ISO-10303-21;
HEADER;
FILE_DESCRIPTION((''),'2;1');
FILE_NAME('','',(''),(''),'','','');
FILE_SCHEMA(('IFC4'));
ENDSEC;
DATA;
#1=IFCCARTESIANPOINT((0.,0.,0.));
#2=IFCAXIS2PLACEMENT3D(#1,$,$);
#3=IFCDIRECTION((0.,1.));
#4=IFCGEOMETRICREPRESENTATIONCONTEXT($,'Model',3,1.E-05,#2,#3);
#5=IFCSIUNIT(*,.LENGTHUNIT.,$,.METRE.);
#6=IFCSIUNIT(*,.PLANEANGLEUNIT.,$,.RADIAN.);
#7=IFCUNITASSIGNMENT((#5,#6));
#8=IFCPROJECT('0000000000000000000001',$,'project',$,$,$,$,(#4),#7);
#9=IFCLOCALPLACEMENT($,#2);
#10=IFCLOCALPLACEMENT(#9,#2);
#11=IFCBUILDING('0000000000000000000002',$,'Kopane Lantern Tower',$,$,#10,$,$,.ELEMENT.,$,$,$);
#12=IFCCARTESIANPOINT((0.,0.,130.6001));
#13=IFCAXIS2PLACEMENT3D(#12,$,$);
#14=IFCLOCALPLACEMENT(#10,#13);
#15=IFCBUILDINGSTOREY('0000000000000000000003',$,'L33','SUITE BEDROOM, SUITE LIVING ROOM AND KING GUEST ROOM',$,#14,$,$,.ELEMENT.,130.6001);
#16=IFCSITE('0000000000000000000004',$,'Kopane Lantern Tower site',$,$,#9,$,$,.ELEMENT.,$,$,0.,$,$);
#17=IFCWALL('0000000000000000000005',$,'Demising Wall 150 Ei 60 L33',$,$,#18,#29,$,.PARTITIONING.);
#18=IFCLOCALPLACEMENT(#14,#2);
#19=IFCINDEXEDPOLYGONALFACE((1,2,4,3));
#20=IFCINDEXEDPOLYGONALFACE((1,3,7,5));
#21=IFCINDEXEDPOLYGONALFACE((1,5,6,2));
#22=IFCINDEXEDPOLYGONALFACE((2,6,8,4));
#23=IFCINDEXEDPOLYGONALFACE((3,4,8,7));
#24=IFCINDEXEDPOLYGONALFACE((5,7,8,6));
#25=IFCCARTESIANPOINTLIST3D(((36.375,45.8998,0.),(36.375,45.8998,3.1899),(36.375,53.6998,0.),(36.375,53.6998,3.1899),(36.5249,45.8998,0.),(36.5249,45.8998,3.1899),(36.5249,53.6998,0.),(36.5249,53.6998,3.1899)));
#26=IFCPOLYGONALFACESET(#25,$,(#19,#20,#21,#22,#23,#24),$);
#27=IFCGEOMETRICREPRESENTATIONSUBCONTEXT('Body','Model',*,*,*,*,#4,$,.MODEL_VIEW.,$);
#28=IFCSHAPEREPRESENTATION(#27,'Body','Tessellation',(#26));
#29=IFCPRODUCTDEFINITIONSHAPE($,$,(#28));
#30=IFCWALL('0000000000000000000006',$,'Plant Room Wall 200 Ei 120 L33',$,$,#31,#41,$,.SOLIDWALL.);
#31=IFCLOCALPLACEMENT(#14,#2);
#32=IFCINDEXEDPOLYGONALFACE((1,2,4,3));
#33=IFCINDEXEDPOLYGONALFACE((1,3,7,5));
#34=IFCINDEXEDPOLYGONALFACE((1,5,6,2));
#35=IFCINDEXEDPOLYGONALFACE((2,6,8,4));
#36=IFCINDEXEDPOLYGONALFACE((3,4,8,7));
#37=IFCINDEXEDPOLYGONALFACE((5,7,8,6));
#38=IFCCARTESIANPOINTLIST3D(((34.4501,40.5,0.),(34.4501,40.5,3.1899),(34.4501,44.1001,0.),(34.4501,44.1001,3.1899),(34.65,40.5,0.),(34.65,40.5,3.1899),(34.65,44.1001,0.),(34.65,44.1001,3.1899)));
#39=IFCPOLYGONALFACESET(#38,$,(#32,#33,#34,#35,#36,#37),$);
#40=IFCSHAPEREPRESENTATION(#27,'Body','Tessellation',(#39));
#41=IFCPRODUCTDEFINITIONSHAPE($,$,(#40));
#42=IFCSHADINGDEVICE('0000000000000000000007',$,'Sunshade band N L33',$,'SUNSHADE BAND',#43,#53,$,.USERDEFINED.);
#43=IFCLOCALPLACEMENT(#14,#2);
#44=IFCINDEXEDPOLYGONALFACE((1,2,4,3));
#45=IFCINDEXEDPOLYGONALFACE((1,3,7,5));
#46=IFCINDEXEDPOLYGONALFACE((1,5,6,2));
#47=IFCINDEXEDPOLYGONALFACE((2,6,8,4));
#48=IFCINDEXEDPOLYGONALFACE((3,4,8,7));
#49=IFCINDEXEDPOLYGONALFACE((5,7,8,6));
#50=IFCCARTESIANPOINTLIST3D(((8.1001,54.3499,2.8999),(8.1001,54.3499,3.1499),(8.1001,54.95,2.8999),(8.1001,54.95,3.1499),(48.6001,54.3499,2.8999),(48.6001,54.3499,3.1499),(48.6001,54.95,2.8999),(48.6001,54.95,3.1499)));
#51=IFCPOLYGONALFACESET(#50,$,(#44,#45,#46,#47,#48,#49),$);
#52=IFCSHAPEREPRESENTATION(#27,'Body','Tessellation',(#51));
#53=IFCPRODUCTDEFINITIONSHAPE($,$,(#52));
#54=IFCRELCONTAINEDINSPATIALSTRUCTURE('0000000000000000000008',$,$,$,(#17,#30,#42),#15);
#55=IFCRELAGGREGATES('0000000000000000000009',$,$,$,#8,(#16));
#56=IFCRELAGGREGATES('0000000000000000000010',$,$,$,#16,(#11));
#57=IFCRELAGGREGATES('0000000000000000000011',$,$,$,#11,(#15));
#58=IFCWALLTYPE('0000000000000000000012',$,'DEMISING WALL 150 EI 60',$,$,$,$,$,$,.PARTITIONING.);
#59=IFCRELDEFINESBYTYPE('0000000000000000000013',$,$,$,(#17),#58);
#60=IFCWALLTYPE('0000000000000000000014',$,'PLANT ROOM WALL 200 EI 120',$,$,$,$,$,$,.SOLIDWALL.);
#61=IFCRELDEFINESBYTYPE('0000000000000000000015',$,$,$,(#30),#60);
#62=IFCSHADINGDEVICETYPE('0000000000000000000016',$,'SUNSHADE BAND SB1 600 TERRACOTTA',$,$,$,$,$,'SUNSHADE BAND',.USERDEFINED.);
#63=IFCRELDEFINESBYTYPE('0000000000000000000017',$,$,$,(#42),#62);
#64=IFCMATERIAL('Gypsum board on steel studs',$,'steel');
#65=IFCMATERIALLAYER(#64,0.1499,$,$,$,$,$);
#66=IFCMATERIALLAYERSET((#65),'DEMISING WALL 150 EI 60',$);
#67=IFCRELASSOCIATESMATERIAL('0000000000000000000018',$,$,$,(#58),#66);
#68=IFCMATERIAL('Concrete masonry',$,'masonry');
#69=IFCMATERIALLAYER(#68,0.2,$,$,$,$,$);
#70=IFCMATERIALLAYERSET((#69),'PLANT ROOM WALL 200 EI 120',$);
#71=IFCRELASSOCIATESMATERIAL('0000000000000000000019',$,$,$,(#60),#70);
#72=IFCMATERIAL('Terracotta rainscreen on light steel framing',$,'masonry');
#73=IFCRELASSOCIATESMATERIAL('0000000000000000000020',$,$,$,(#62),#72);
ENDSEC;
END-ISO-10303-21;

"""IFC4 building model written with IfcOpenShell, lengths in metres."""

from ifc_helpers import new_model, si_unit, direction, frame, frame_2d, origin, origin_2d, place, context, subcontext, project, spatial, rectangle, extrude, material, layer, layer_set, type_object, element, save


model = new_model("IFC4")

# Units and contexts
model_context = context("Model", 3, precision=1e-05, world=origin(), true_north=direction((0.0, 1.0)))
body_context = subcontext(model_context, "Body", "Model", "MODEL_VIEW")
ifc_project = project(units=[si_unit("LENGTHUNIT", "METRE"), si_unit("PLANEANGLEUNIT", "RADIAN")], contexts=[model_context])

# Site, building, storey
site_placement = place(None, origin())
site = spatial("IfcSite", under=ifc_project, at=site_placement, Name="Kopane Lantern Tower site", CompositionType="ELEMENT", RefElevation=0.0)
building_placement = place(site_placement, origin())
building = spatial("IfcBuilding", under=site, at=building_placement, Name="Kopane Lantern Tower", CompositionType="ELEMENT")
storey_placement = place(building_placement, frame((0.0, 0.0, 130.6001)))
storey = spatial("IfcBuildingStorey", under=building, at=storey_placement, Name="L33", Description="SUITE BEDROOM, SUITE LIVING ROOM AND KING GUEST ROOM", CompositionType="ELEMENT", Elevation=130.6001)

# Walls
ifc_material_1 = material(Name="Gypsum board on steel studs", Category="steel")
ifc_layer_1 = layer(ifc_material_1, 0.1499)
ifc_layer_set_1 = layer_set([ifc_layer_1], Name="DEMISING WALL 150 EI 60")
wall_type_1 = type_object("IfcWallType", Name="DEMISING WALL 150 EI 60", PredefinedType="PARTITIONING", material=ifc_layer_set_1)
wall_1_placement = place(storey_placement, frame((36.45, 45.8999, 0.0), z_axis=(0.0, 0.0, 1.0), x_axis=(0.0, 1.0, 0.0)))
element("IfcWall", 1, at=wall_1_placement, inside=storey, type_object=wall_type_1, Name="Demising Wall 150 Ei 60 L33", PredefinedType="PARTITIONING", context=body_context, shape_type="SweptSolid", body=[
    extrude(rectangle(XDim=7.8, YDim=0.1499, at=frame_2d((3.8999, 0.0))), origin(), (0.0, 0.0, 1.0), 3.1899),
])
ifc_material_2 = material(Name="Concrete masonry", Category="masonry")
ifc_layer_2 = layer(ifc_material_2, 0.2)
ifc_layer_set_2 = layer_set([ifc_layer_2], Name="PLANT ROOM WALL 200 EI 120")
wall_type_2 = type_object("IfcWallType", Name="PLANT ROOM WALL 200 EI 120", PredefinedType="SOLIDWALL", material=ifc_layer_set_2)
wall_2_placement = place(storey_placement, frame((34.55, 44.1001, 0.0), z_axis=(0.0, 0.0, 1.0), x_axis=(0.0, -1.0, 0.0)))
element("IfcWall", 2, at=wall_2_placement, inside=storey, type_object=wall_type_2, Name="Plant Room Wall 200 Ei 120 L33", PredefinedType="SOLIDWALL", context=body_context, shape_type="SweptSolid", body=[
    extrude(rectangle(XDim=3.6001, YDim=0.2, at=frame_2d((1.8, 0.0))), origin(), (0.0, 0.0, 1.0), 3.1899),
])

# Shading device
ifc_material_3 = material(Name="Terracotta rainscreen on light steel framing", Category="masonry")
shading_device_type = type_object("IfcShadingDeviceType", Name="SUNSHADE BAND SB1 600 TERRACOTTA", ElementType="SUNSHADE BAND", PredefinedType="USERDEFINED", material=ifc_material_3)
shading_device_placement = place(storey_placement, frame((28.3501, 54.6499, 2.8999), z_axis=(0.0, 0.0, 1.0), x_axis=(-1.0, 0.0, 0.0)))
element("IfcShadingDevice", 3, at=shading_device_placement, inside=storey, type_object=shading_device_type, Name="Sunshade band N L33", ObjectType="SUNSHADE BAND", PredefinedType="USERDEFINED", context=body_context, shape_type="SweptSolid", body=[
    extrude(rectangle(XDim=40.5, YDim=0.6001, at=origin_2d()), origin(), (0.0, 0.0, 1.0), 0.25),
])

save(model, "model.ifc")
